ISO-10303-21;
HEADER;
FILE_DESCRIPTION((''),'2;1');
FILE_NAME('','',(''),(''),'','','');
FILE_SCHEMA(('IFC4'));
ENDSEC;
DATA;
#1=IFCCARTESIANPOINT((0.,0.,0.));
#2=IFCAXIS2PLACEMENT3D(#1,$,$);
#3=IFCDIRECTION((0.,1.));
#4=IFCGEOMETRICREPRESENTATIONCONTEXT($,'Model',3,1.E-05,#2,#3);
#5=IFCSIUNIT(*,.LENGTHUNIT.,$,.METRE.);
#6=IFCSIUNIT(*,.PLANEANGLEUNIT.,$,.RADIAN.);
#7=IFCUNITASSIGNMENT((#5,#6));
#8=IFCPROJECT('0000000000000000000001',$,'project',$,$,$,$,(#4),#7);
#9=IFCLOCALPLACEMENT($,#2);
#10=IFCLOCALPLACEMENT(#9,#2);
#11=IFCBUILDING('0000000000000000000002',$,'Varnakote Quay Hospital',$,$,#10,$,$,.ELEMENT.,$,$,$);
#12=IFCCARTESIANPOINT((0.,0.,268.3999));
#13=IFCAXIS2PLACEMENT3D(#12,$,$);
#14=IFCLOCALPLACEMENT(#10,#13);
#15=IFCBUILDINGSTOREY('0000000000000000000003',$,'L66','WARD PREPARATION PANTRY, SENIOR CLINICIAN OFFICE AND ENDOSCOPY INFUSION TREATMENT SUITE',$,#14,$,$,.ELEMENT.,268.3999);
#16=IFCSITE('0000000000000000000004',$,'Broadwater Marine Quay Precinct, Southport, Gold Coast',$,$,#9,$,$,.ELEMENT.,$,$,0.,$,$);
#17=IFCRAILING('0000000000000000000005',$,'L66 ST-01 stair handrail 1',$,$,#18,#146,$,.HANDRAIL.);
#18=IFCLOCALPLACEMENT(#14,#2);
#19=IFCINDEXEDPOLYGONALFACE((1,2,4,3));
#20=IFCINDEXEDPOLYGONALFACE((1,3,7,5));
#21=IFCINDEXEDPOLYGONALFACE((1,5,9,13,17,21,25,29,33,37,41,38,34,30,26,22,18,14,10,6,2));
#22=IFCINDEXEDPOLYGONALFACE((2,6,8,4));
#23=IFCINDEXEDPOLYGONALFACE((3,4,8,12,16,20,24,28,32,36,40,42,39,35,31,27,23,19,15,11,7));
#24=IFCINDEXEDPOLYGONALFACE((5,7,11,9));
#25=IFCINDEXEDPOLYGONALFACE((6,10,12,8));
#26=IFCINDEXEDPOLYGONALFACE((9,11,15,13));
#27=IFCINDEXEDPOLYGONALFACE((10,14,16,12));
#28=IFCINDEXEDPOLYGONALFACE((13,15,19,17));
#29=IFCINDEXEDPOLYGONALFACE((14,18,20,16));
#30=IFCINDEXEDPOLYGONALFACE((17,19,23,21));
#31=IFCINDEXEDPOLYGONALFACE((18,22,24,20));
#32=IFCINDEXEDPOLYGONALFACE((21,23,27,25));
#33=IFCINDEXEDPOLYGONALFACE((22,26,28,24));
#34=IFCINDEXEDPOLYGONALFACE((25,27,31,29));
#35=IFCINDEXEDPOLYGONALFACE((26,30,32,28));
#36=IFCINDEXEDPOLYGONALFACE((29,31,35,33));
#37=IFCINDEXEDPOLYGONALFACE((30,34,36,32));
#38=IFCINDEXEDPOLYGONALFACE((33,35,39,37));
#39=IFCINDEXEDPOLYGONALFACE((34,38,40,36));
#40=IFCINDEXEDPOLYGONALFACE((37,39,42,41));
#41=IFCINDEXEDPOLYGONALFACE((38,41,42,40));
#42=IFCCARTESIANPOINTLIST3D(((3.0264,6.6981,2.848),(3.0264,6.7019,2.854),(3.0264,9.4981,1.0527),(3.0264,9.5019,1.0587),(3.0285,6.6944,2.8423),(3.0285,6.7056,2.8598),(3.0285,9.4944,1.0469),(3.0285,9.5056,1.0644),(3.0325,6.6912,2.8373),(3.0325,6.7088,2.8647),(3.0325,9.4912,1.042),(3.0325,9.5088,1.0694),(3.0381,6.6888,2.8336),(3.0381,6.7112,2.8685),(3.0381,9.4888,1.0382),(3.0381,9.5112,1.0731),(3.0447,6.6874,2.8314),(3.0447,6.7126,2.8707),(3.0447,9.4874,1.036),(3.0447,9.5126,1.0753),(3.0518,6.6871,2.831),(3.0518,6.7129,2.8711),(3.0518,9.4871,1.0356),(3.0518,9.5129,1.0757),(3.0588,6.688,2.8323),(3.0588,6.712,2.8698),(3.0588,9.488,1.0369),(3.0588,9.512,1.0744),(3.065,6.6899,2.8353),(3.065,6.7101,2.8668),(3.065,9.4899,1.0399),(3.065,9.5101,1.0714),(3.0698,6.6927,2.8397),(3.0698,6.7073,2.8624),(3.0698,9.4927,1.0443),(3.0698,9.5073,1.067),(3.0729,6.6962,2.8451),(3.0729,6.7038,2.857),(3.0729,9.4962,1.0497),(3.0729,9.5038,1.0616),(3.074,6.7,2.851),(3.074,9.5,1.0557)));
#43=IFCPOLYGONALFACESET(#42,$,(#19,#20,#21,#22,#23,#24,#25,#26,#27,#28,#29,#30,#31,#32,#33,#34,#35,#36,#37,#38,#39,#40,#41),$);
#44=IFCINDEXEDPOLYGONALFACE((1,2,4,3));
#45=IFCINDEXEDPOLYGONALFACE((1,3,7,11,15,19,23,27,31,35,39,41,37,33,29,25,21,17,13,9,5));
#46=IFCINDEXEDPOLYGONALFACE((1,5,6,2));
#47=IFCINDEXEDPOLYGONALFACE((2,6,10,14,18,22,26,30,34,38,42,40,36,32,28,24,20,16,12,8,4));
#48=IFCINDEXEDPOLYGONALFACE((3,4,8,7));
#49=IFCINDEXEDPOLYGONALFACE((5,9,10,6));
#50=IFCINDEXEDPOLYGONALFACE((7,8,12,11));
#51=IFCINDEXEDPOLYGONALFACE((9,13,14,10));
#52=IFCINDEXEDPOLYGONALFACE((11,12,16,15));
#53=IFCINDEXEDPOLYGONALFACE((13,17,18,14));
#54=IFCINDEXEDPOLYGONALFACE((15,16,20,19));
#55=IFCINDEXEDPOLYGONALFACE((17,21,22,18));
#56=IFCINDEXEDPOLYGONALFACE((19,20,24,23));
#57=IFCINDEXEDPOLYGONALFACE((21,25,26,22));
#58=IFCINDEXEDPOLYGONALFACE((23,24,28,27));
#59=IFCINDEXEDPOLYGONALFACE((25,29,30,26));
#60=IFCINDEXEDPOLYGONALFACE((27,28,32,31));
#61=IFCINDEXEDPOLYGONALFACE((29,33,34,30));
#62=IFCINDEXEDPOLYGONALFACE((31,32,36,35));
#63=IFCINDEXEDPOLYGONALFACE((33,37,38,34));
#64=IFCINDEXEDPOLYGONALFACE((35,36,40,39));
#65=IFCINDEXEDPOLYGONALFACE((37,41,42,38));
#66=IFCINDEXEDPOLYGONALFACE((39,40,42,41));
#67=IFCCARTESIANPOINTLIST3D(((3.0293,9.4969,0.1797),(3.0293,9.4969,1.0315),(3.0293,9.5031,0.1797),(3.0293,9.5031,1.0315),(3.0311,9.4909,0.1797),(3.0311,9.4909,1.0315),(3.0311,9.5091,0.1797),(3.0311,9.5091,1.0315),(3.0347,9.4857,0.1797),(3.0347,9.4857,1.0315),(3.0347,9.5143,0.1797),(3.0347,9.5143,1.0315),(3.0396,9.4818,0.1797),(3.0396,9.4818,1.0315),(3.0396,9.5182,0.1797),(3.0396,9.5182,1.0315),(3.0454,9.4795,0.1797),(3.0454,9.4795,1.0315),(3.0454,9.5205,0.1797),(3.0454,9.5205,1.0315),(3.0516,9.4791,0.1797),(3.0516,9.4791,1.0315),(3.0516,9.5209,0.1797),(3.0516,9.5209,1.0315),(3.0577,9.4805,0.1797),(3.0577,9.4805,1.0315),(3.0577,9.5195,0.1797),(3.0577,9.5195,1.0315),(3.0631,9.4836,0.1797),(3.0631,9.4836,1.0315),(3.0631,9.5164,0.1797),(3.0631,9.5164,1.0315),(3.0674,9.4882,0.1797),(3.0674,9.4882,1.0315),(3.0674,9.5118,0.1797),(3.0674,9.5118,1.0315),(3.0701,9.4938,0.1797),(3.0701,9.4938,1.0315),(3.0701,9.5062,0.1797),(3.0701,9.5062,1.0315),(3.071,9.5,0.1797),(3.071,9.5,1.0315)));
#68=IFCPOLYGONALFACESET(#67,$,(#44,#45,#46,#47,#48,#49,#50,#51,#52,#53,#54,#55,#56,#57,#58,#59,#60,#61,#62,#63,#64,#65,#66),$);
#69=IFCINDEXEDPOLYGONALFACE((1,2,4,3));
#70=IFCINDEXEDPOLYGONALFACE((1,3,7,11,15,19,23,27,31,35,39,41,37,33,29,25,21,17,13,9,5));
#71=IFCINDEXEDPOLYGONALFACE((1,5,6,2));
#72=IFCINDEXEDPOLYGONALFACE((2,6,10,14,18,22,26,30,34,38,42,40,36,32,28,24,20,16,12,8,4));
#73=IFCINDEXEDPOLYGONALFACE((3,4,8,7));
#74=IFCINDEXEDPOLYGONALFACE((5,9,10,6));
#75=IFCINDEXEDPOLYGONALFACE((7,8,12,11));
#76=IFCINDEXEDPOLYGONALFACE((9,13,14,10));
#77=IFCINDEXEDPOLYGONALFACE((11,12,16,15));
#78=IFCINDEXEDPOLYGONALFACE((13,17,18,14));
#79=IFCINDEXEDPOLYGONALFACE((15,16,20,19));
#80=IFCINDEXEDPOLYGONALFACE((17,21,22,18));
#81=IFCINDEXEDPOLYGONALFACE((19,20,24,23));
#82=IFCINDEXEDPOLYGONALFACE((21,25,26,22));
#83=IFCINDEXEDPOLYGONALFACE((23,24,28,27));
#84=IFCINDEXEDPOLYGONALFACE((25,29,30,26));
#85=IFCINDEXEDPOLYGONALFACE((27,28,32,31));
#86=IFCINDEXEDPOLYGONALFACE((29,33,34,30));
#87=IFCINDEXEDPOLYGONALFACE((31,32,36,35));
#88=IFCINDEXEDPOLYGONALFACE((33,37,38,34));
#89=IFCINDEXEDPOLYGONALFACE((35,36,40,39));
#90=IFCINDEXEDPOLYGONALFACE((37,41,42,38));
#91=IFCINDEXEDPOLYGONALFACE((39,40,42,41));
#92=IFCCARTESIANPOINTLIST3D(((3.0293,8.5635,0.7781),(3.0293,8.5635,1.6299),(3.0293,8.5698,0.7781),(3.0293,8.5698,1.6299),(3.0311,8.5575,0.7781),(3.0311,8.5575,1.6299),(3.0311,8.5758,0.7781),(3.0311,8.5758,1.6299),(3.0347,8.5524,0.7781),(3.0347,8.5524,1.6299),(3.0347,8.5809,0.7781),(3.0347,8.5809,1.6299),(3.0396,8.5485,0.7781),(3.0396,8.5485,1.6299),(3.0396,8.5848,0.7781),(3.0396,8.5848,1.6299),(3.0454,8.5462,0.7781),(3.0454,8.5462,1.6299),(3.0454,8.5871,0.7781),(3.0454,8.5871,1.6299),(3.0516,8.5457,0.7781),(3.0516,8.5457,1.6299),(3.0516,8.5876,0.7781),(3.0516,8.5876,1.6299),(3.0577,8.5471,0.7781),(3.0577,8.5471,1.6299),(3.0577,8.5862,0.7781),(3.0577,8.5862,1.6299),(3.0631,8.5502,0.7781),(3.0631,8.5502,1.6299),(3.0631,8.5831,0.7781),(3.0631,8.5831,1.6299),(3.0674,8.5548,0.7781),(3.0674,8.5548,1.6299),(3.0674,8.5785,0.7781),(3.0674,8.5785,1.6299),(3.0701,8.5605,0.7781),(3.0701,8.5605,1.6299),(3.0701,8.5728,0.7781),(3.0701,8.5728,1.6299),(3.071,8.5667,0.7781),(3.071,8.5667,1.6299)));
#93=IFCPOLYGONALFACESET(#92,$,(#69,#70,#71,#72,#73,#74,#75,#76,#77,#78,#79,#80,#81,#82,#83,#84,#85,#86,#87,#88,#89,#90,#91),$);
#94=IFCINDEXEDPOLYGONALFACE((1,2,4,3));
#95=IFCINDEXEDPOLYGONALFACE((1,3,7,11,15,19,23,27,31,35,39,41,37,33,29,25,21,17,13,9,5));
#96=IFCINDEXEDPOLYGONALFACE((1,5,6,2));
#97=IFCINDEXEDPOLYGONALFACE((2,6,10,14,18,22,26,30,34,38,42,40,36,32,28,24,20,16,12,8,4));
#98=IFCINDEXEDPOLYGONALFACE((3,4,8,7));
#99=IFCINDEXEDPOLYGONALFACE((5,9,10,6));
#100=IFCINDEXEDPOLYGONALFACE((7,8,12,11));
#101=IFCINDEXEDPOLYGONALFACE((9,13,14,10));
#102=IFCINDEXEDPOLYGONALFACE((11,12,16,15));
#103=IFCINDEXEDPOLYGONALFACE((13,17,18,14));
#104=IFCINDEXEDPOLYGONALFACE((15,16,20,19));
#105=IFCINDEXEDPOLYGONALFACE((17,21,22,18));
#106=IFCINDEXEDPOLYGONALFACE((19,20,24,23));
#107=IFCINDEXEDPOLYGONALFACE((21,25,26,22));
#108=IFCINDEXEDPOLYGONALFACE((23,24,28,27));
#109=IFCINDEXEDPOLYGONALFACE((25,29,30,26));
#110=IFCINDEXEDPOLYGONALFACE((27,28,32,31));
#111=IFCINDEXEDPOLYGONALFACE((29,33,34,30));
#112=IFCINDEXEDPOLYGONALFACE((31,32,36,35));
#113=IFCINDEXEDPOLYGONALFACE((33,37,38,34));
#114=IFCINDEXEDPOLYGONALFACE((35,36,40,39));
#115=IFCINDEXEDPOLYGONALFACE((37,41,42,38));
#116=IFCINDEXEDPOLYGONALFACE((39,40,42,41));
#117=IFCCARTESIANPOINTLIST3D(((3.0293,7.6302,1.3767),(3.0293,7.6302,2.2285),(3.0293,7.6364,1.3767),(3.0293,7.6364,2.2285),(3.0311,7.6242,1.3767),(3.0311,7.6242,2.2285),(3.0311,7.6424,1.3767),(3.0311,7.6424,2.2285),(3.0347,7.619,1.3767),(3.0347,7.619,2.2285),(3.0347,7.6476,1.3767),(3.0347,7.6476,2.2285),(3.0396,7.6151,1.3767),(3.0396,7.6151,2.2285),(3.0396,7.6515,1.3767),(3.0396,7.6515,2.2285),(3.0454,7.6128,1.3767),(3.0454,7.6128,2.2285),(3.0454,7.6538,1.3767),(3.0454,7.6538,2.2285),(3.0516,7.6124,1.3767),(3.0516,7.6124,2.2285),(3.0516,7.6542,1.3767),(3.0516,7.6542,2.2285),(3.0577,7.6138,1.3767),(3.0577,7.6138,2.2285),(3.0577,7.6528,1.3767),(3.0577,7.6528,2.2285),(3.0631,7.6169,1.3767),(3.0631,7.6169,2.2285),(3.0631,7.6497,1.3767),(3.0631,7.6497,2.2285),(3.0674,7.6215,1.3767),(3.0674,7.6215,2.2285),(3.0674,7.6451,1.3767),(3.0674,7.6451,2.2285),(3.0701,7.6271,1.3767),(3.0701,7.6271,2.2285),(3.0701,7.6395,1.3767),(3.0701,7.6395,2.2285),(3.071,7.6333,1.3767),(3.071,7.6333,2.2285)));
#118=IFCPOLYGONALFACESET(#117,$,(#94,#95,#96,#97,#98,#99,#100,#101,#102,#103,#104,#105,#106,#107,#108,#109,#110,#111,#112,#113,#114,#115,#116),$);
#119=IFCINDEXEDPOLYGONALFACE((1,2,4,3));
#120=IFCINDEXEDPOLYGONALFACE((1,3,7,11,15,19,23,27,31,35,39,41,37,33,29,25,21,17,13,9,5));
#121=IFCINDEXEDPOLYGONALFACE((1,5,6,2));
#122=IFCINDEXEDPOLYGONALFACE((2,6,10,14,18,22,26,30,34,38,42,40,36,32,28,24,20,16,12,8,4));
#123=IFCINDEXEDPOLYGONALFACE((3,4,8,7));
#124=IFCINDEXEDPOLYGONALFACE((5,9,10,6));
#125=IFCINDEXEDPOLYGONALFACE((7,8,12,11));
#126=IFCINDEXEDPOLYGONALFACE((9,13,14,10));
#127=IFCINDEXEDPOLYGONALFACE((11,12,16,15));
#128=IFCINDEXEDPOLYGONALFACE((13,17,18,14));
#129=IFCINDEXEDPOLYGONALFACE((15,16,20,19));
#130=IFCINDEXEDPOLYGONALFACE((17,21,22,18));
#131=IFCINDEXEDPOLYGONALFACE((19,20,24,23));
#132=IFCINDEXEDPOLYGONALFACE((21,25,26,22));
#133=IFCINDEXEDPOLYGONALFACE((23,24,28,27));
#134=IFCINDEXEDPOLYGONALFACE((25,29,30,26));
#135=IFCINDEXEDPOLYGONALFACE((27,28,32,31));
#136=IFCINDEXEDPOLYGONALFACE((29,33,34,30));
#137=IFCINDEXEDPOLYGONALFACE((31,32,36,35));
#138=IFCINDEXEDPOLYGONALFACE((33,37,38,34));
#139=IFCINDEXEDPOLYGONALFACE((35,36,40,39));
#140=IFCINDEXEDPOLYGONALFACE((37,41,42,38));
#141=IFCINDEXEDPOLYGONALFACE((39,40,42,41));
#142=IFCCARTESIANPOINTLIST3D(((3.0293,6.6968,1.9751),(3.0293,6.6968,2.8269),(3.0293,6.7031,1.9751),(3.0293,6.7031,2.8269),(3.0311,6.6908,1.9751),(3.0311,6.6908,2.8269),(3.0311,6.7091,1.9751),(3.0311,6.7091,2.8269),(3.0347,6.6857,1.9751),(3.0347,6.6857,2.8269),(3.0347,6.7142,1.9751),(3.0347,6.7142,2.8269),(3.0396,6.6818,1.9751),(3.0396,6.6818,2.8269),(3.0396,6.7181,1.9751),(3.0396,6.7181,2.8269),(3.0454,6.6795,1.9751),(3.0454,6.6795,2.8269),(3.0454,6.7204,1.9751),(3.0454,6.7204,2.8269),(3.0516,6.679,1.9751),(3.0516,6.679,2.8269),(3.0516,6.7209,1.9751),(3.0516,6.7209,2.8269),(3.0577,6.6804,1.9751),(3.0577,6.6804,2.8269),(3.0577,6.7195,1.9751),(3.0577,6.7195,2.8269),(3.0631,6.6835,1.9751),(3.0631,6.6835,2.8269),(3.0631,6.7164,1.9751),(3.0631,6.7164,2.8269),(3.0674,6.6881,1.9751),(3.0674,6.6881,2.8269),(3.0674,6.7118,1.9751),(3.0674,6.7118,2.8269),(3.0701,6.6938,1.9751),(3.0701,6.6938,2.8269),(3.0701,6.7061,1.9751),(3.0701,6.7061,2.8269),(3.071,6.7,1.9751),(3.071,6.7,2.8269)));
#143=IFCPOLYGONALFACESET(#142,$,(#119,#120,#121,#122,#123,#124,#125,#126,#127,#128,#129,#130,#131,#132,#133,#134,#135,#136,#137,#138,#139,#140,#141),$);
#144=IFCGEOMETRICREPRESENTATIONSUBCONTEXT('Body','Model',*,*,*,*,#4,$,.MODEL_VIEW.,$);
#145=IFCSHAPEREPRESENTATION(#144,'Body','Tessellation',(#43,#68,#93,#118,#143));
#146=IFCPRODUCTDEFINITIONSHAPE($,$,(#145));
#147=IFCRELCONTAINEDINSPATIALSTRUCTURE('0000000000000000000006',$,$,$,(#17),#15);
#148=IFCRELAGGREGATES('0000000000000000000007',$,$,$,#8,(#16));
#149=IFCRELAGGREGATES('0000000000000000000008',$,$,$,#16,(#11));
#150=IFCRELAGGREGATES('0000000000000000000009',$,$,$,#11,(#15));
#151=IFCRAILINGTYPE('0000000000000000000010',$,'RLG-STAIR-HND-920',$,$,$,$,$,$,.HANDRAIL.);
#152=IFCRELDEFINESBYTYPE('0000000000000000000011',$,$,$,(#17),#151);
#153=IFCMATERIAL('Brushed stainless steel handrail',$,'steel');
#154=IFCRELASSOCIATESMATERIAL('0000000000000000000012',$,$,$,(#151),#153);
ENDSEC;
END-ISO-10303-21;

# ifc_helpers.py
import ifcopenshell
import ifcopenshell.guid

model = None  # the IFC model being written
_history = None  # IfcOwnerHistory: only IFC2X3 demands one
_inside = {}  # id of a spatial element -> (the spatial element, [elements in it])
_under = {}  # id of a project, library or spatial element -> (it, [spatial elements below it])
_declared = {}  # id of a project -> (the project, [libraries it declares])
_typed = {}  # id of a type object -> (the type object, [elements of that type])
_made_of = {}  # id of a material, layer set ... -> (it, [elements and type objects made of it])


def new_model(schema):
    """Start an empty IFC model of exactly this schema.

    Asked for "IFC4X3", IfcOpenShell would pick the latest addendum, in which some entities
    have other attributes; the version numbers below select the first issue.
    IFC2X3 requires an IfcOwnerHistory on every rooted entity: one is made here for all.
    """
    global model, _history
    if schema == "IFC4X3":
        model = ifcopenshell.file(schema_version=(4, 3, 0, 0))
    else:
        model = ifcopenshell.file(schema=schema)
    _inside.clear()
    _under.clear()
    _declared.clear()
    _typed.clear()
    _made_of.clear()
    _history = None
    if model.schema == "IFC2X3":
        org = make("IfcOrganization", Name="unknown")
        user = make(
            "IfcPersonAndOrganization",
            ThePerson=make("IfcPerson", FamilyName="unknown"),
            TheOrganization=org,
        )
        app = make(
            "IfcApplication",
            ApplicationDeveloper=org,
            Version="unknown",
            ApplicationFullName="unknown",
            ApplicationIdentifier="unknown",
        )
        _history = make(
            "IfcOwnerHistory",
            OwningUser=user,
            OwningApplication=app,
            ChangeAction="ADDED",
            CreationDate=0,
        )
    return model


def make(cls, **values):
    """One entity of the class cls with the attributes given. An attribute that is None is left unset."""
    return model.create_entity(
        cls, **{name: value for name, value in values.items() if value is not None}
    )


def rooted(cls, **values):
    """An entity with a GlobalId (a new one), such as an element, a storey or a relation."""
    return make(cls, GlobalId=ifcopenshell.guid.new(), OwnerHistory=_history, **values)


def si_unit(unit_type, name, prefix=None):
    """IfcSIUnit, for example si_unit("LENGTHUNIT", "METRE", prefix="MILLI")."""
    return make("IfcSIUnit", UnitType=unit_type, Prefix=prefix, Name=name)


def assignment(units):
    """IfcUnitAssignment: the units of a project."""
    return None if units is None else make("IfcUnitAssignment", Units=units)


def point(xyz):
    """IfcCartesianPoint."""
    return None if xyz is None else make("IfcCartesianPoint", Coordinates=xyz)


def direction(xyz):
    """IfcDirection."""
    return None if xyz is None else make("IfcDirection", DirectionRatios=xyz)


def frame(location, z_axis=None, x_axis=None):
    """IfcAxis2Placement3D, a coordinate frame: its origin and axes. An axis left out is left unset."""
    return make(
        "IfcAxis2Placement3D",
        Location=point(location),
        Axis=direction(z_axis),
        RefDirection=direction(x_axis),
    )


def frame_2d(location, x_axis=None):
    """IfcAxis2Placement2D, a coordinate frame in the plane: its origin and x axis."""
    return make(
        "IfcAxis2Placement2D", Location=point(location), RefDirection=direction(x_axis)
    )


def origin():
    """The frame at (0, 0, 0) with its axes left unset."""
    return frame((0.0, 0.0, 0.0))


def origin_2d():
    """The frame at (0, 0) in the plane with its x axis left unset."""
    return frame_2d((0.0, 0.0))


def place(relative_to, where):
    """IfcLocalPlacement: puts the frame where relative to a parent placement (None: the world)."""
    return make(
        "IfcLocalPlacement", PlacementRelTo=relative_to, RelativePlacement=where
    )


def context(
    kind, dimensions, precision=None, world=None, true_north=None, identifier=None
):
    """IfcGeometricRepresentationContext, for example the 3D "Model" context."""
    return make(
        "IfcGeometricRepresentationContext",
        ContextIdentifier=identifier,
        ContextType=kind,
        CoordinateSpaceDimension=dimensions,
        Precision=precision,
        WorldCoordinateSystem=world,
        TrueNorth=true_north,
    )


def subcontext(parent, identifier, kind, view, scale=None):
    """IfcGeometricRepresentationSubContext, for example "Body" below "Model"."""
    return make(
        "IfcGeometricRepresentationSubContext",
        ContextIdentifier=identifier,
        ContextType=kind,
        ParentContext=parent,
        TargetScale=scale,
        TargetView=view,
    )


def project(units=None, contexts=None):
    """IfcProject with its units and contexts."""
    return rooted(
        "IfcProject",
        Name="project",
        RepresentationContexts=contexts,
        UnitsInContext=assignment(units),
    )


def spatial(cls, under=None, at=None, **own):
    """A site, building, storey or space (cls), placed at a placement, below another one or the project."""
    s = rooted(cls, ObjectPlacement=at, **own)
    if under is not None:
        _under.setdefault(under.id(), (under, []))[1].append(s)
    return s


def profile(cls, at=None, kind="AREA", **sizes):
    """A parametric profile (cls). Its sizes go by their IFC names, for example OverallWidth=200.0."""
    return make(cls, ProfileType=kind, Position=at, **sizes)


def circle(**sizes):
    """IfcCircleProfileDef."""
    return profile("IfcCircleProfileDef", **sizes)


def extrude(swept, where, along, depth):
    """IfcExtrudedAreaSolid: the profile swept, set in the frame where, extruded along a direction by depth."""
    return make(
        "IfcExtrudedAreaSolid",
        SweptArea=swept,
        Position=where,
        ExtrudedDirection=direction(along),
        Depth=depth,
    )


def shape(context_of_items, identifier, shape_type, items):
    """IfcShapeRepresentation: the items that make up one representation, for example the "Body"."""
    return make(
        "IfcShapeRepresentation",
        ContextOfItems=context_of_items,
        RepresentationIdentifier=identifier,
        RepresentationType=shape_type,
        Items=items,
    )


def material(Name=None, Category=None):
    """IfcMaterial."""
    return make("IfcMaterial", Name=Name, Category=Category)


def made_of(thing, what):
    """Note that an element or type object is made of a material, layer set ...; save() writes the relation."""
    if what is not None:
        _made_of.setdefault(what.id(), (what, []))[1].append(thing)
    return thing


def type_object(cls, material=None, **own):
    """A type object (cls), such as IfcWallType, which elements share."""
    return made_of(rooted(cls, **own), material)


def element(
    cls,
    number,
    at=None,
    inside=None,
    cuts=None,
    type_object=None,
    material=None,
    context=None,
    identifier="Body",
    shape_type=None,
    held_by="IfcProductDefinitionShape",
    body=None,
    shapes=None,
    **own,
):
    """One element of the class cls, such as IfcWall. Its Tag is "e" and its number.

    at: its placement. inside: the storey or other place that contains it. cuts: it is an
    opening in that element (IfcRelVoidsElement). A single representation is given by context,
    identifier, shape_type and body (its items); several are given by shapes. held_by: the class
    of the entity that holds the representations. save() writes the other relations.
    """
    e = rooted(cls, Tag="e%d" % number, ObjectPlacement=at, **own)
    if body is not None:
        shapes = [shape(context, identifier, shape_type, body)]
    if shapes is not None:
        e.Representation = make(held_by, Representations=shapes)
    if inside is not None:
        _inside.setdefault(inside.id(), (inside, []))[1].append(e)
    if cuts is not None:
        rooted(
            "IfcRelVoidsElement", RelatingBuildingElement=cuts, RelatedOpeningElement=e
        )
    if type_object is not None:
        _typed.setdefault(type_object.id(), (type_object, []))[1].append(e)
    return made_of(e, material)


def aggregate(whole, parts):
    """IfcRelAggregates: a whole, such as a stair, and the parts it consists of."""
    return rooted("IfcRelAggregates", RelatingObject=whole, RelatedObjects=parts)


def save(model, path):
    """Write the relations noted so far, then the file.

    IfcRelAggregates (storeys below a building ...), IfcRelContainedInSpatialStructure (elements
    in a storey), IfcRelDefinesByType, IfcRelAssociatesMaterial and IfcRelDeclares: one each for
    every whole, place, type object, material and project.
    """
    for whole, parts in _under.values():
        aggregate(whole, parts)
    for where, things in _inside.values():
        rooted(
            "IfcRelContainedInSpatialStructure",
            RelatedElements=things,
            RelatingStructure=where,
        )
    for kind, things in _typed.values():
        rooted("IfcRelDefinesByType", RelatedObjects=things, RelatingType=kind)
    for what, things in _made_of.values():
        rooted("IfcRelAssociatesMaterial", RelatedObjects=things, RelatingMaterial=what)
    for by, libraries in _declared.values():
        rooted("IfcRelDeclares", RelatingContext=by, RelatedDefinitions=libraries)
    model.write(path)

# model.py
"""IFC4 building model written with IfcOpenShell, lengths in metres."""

from ifc_helpers import new_model, si_unit, direction, frame, origin, origin_2d, place, context, subcontext, project, spatial, circle, extrude, material, type_object, element, save


model = new_model("IFC4")

# Units and contexts
model_context = context("Model", 3, precision=1e-05, world=origin(), true_north=direction((0.0, 1.0)))
body_context = subcontext(model_context, "Body", "Model", "MODEL_VIEW")
ifc_project = project(units=[si_unit("LENGTHUNIT", "METRE"), si_unit("PLANEANGLEUNIT", "RADIAN")], contexts=[model_context])

# Site, building, storey
site_placement = place(None, origin())
site = spatial("IfcSite", under=ifc_project, at=site_placement, Name="Broadwater Marine Quay Precinct, Southport, Gold Coast", CompositionType="ELEMENT", RefElevation=0.0)
building_placement = place(site_placement, origin())
building = spatial("IfcBuilding", under=site, at=building_placement, Name="Varnakote Quay Hospital", CompositionType="ELEMENT")
storey_placement = place(building_placement, frame((0.0, 0.0, 268.3999)))
storey = spatial("IfcBuildingStorey", under=building, at=storey_placement, Name="L66", Description="WARD PREPARATION PANTRY, SENIOR CLINICIAN OFFICE AND ENDOSCOPY INFUSION TREATMENT SUITE", CompositionType="ELEMENT", Elevation=268.3999)

# Railing
ifc_material_1 = material(Name="Brushed stainless steel handrail", Category="steel")
railing_type_1 = type_object("IfcRailingType", Name="RLG-STAIR-HND-920", PredefinedType="HANDRAIL", material=ifc_material_1)
railing_1_placement = place(storey_placement, frame((3.05, 9.5, 0.1797)))
element("IfcRailing", 1, at=railing_1_placement, inside=storey, type_object=railing_type_1, Name="L66 ST-01 stair handrail 1", PredefinedType="HANDRAIL", context=body_context, shape_type="SweptSolid", body=[
    extrude(circle(Radius=0.0239, at=origin_2d()), frame((0.0, 0.0, 0.876), z_axis=(0.0, -0.84181, 0.539774), x_axis=(1.0, 0.0, 0.0)), (0.0, 0.0, 1.0), 3.3262),
    extrude(circle(Radius=0.021, at=origin_2d()), origin(), (0.0, 0.0, 1.0), 0.8518),
    extrude(circle(Radius=0.021, at=origin_2d()), frame((0.0, -0.9333, 0.5984)), (0.0, 0.0, 1.0), 0.8518),
    extrude(circle(Radius=0.021, at=origin_2d()), frame((0.0, -1.8667, 1.197)), (0.0, 0.0, 1.0), 0.8518),
    extrude(circle(Radius=0.021, at=origin_2d()), frame((0.0, -2.8, 1.7954)), (0.0, 0.0, 1.0), 0.8518),
])

save(model, "model.ifc")
